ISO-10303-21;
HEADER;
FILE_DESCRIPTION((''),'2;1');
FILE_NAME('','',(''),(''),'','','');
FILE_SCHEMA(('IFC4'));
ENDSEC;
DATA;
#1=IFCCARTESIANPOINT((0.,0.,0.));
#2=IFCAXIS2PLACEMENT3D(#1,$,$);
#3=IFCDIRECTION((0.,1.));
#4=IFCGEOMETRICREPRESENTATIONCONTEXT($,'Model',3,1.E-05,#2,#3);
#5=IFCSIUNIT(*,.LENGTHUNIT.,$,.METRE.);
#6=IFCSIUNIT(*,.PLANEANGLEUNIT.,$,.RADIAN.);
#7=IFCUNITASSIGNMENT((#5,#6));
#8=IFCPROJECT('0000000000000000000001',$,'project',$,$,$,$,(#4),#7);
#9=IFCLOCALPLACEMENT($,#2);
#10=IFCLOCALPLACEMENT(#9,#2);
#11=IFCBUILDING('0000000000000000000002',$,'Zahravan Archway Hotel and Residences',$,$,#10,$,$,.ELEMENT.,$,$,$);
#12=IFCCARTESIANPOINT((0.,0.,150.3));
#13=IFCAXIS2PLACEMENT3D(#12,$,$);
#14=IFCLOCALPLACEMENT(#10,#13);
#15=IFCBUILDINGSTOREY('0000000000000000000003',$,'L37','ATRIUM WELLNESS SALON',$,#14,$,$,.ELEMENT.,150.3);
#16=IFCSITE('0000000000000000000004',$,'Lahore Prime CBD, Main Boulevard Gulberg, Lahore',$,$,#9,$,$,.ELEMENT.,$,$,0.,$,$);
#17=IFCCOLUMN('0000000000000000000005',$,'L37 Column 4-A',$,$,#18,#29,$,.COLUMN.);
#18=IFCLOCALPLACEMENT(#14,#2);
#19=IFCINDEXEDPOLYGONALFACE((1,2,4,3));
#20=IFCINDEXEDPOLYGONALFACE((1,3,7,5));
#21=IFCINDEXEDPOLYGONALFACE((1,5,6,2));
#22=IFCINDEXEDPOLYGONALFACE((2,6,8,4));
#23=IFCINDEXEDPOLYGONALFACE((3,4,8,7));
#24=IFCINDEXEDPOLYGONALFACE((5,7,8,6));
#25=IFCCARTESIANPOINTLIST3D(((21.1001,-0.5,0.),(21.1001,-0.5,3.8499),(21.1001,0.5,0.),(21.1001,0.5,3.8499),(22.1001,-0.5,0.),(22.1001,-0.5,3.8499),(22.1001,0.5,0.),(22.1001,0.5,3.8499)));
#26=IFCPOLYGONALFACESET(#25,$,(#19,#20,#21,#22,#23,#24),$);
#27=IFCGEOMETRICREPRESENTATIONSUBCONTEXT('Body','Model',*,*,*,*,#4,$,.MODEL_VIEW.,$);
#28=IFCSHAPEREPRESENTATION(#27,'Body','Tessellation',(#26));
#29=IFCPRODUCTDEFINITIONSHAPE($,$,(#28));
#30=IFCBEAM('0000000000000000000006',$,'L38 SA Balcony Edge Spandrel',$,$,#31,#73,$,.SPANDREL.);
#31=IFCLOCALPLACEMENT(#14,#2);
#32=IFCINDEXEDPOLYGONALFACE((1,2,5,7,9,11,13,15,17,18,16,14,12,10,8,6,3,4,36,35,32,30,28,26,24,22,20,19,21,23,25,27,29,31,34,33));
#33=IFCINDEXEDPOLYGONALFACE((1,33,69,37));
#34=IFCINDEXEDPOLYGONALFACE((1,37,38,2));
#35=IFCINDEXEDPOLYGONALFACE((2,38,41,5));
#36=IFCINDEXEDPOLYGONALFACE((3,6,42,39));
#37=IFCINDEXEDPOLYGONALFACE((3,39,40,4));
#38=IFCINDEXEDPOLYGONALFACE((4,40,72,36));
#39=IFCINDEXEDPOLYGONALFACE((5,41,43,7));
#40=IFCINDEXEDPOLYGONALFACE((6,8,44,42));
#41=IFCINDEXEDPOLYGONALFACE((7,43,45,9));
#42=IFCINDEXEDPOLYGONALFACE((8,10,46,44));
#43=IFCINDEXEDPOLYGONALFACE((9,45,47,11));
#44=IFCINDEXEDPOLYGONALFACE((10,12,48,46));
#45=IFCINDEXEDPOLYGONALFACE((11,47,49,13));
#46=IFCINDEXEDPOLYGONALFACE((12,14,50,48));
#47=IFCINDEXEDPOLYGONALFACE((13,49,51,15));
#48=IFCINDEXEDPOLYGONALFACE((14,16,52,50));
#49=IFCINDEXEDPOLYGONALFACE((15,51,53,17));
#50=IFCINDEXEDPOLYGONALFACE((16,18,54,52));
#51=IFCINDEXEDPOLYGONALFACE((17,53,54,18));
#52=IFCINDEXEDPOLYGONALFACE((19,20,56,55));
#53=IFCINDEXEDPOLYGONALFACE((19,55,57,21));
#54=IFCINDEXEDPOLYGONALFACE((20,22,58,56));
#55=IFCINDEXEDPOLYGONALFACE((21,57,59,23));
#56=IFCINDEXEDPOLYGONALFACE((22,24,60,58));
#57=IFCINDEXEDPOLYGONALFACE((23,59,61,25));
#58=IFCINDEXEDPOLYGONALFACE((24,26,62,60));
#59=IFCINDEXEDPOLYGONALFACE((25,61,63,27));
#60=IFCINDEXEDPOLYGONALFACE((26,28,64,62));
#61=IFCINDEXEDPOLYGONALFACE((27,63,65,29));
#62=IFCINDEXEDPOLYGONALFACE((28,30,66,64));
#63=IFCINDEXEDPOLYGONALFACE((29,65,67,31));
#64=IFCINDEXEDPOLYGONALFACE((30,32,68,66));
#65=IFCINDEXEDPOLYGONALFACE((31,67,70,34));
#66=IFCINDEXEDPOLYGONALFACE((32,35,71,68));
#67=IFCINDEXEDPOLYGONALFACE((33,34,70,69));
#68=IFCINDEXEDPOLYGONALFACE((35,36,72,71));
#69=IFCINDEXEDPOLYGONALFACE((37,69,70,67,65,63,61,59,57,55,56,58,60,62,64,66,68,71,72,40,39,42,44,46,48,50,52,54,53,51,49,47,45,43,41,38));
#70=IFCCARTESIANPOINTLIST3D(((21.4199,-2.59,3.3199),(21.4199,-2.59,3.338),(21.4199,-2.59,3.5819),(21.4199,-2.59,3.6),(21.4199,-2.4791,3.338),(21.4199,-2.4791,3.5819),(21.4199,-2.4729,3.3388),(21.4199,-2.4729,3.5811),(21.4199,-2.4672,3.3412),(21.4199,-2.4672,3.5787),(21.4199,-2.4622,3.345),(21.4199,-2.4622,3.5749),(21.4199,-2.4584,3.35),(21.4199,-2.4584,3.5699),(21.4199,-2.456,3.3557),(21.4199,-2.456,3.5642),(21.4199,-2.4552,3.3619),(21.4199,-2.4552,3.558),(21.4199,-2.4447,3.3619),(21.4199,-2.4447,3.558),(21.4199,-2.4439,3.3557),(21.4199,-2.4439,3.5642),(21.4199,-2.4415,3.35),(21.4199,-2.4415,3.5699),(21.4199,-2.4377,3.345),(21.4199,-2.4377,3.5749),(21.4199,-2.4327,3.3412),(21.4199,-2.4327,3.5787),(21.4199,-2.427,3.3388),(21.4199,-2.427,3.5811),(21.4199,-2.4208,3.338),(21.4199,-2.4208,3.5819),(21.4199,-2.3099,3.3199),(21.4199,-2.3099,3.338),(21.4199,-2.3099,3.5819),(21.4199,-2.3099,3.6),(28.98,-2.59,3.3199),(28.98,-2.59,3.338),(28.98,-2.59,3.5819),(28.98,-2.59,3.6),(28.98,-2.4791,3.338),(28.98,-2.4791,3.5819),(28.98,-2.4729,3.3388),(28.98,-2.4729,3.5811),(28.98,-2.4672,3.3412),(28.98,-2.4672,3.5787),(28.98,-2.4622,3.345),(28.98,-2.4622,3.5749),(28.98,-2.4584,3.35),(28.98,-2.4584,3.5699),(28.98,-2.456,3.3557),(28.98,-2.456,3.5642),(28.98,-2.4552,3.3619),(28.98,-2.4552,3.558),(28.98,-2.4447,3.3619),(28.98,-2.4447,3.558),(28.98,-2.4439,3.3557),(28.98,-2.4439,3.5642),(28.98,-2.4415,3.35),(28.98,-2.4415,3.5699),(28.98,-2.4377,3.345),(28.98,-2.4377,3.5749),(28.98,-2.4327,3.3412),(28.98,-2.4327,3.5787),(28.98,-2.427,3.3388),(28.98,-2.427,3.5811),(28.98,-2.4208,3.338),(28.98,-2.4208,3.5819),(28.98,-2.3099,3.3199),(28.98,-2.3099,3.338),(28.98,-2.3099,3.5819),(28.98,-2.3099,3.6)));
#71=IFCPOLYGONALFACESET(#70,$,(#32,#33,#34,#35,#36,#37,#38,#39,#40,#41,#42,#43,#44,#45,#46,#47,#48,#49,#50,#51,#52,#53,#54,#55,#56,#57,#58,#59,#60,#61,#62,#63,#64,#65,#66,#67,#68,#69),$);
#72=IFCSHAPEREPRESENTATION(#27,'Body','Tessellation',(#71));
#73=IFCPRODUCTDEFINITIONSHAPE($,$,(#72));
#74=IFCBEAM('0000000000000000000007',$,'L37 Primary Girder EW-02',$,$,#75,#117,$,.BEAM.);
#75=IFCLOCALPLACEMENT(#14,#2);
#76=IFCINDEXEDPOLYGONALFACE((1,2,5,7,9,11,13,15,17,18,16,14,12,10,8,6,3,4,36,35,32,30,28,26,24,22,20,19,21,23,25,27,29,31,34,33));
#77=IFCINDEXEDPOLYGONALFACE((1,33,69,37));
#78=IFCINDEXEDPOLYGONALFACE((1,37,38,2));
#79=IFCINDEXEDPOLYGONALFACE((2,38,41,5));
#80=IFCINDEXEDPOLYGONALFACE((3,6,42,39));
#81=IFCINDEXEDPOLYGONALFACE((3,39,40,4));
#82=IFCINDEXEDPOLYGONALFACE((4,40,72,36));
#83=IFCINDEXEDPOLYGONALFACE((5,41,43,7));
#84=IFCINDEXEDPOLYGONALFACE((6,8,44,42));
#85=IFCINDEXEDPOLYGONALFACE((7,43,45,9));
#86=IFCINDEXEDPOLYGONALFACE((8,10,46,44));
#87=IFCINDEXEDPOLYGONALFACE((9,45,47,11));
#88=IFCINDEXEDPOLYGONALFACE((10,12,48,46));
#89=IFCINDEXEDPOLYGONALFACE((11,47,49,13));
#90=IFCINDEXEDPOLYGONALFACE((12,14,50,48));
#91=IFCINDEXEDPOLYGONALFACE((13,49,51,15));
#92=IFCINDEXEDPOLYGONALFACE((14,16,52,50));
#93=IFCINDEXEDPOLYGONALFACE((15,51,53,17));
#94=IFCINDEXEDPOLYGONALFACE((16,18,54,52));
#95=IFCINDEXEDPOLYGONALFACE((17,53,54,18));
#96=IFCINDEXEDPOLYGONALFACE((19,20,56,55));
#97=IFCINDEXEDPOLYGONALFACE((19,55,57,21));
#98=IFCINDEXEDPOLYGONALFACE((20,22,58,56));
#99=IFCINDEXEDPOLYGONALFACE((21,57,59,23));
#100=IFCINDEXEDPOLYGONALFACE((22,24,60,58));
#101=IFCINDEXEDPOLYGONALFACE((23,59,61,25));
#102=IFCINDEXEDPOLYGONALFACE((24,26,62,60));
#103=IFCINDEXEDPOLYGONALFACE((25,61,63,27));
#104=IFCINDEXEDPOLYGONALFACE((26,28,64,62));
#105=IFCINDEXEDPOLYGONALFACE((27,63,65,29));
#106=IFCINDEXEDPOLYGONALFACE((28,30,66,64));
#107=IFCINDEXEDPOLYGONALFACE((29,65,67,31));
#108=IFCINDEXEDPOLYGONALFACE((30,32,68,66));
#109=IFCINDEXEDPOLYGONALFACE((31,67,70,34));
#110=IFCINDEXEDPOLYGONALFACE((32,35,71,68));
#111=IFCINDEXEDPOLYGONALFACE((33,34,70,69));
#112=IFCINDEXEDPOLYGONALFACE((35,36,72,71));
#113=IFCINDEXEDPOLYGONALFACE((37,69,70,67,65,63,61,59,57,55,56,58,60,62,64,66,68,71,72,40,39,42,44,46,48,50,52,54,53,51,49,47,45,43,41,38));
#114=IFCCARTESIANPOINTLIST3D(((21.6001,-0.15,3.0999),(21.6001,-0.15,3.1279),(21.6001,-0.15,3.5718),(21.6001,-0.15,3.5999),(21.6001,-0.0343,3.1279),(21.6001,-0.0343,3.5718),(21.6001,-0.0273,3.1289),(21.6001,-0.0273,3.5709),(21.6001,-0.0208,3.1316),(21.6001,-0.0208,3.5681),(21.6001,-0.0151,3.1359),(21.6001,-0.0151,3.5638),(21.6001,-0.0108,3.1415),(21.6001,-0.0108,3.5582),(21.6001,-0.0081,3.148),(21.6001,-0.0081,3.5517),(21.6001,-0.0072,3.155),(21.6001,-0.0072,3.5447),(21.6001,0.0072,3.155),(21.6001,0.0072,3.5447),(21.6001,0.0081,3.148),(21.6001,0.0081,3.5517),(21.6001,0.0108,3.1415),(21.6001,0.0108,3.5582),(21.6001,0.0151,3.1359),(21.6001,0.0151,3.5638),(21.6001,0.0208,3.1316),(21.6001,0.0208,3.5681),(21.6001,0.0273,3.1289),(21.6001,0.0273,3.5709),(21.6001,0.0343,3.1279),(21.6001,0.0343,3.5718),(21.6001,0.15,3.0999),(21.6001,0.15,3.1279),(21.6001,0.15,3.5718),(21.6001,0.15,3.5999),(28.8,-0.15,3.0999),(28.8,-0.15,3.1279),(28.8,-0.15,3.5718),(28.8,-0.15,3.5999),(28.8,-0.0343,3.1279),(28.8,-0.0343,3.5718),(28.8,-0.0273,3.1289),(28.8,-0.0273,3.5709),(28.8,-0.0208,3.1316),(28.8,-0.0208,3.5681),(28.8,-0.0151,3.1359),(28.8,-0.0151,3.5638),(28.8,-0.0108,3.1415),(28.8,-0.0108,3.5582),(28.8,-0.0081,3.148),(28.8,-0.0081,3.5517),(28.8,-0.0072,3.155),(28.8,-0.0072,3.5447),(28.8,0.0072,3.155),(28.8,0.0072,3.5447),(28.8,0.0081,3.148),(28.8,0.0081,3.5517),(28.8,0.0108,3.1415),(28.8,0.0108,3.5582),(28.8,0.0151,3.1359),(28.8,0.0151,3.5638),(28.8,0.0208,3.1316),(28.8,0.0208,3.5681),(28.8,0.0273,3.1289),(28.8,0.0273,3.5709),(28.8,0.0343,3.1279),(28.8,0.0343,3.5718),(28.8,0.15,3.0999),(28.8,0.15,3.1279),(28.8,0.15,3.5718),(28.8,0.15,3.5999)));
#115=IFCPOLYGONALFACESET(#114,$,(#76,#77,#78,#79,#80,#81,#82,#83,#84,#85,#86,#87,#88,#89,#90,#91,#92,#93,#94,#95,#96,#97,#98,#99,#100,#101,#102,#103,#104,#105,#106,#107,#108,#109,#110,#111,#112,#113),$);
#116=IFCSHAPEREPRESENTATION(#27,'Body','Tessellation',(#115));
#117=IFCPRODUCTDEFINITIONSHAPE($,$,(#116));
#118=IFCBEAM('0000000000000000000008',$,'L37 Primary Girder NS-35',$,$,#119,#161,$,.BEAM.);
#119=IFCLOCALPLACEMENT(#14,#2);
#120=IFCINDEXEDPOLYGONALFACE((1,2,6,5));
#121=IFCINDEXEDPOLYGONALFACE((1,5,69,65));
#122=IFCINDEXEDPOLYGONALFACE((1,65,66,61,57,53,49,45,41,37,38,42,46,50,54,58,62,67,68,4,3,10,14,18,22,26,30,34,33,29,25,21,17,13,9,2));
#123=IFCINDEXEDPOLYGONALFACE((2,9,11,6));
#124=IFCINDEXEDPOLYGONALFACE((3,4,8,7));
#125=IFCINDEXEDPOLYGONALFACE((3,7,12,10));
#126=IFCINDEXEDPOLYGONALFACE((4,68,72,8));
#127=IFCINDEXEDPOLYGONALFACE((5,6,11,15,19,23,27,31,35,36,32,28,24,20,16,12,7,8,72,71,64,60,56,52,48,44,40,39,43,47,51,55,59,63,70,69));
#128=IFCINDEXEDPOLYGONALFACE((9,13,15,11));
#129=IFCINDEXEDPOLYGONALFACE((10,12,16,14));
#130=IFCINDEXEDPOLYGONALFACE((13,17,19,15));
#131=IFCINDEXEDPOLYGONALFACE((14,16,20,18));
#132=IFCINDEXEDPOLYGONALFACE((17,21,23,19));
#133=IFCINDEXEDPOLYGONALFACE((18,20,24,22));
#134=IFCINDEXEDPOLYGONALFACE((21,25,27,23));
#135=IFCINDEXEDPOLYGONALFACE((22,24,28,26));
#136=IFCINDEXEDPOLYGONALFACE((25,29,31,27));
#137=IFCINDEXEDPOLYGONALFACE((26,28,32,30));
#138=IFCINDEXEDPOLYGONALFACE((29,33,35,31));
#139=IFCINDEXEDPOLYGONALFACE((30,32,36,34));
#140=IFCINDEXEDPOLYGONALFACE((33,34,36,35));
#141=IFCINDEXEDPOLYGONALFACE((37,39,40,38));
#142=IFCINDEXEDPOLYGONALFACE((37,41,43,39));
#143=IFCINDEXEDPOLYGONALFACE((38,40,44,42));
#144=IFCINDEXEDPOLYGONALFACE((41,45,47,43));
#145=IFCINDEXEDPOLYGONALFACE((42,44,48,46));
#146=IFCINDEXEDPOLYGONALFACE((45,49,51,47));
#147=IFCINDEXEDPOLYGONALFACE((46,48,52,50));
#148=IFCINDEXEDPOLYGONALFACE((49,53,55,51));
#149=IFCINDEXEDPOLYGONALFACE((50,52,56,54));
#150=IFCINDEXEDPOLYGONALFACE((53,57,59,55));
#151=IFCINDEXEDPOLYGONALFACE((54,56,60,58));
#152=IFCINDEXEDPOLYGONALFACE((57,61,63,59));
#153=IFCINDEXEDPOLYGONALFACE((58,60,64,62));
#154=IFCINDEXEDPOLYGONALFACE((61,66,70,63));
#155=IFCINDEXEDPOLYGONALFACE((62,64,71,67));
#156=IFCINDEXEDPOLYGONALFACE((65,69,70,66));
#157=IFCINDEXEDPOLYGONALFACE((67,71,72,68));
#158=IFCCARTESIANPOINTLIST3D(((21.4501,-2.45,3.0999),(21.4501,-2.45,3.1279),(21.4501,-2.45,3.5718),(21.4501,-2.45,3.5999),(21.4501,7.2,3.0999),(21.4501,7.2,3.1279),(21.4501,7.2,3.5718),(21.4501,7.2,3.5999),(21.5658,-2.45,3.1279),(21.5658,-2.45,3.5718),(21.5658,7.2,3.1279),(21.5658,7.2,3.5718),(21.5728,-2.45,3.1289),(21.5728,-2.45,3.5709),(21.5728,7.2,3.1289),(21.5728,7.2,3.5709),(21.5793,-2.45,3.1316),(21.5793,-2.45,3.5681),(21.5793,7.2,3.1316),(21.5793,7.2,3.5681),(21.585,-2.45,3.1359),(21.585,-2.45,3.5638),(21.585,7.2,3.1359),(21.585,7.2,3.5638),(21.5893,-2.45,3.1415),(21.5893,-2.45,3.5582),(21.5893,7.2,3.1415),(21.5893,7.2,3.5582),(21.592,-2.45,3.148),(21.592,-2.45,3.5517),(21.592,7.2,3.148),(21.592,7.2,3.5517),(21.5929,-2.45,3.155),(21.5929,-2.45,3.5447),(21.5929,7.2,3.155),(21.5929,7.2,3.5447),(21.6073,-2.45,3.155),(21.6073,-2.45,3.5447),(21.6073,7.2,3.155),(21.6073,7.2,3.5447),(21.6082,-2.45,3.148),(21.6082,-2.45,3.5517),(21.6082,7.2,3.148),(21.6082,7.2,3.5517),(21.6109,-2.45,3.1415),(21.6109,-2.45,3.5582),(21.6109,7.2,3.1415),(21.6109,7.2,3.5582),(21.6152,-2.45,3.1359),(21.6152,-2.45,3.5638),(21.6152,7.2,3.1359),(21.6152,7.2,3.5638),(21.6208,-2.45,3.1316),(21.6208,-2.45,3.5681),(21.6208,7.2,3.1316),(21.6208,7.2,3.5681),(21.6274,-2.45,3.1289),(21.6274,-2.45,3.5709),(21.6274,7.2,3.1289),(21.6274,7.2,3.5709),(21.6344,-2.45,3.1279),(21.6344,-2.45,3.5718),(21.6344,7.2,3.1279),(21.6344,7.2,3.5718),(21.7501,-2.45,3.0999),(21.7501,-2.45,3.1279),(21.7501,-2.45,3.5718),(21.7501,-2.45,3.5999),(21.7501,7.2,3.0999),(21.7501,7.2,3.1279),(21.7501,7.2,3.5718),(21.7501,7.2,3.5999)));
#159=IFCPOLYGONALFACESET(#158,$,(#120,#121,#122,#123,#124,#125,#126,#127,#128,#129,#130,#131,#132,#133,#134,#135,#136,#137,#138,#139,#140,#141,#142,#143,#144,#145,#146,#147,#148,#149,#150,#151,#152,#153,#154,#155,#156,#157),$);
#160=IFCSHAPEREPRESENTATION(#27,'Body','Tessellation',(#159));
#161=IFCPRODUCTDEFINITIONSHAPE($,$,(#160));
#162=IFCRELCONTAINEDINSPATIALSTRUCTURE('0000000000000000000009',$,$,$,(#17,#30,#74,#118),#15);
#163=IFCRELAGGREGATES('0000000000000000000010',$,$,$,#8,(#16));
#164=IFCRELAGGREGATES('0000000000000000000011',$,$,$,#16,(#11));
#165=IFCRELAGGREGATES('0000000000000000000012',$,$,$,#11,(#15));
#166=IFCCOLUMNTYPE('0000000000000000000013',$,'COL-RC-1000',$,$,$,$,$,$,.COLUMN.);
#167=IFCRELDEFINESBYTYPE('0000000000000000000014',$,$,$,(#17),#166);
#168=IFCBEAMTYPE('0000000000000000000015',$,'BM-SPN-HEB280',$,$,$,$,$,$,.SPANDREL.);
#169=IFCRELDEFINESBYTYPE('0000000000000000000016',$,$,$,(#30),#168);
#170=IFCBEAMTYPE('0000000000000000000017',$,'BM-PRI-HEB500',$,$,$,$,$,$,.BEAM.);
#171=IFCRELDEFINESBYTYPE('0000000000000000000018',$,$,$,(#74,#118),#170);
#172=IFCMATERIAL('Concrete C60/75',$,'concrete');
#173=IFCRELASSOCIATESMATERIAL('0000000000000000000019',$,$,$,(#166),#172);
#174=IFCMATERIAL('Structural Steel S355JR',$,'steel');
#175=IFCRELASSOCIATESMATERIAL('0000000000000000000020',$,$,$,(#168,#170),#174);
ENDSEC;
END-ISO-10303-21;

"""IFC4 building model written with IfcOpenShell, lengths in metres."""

from ifc_helpers import new_model, si_unit, direction, frame, origin, origin_2d, place, context, subcontext, project, spatial, rectangle, i_section, extrude, source, transform, mapped, material, material_profile, profile_set, type_object, type_shapes, element, save


model = new_model("IFC4")

# Units and contexts
model_context = context("Model", 3, precision=1e-05, world=origin(), true_north=direction((0.0, 1.0)))
body_context = subcontext(model_context, "Body", "Model", "MODEL_VIEW")
ifc_project = project(units=[si_unit("LENGTHUNIT", "METRE"), si_unit("PLANEANGLEUNIT", "RADIAN")], contexts=[model_context])

# Site, building, storey
site_placement = place(None, origin())
site = spatial("IfcSite", under=ifc_project, at=site_placement, Name="Lahore Prime CBD, Main Boulevard Gulberg, Lahore", CompositionType="ELEMENT", RefElevation=0.0)
building_placement = place(site_placement, origin())
building = spatial("IfcBuilding", under=site, at=building_placement, Name="Zahravan Archway Hotel and Residences", CompositionType="ELEMENT")
storey_placement = place(building_placement, frame((0.0, 0.0, 150.3)))
storey = spatial("IfcBuildingStorey", under=building, at=storey_placement, Name="L37", Description="ATRIUM WELLNESS SALON", CompositionType="ELEMENT", Elevation=150.3)

# Column
ifc_material_1 = material(Name="Concrete C60/75", Category="concrete")
ifc_material_profile_1 = material_profile(ifc_material_1, rectangle(XDim=1.0, YDim=1.0, at=origin_2d()), Name="RC-COL-1000x1000", Category="concrete")
ifc_profile_set_1 = profile_set([ifc_material_profile_1], Name="Concrete C60/75")
column_type = type_object("IfcColumnType", Name="COL-RC-1000", PredefinedType="COLUMN", material=ifc_profile_set_1)
shared_shape_1 = source(origin(), body_context, "Body", "SweptSolid", [
    extrude(rectangle(XDim=1.0, YDim=1.0, at=origin_2d()), origin(), (0.0, 0.0, 1.0), 3.8499),
])
column_placement = place(storey_placement, frame((21.6001, 0.0, 0.0), z_axis=(0.0, 0.0, 1.0), x_axis=(1.0, 0.0, 0.0)))
element("IfcColumn", 1, at=column_placement, inside=storey, type_object=column_type, Name="L37 Column 4-A", PredefinedType="COLUMN", context=body_context, shape_type="MappedRepresentation", body=[
    mapped(shared_shape_1, transform((0.0, 0.0, 0.0), scale=1.0)),
])

# Beams
ifc_material_2 = material(Name="Structural Steel S355JR", Category="steel")
ifc_material_profile_2 = material_profile(ifc_material_2, i_section(OverallWidth=0.28, OverallDepth=0.28, WebThickness=0.0105, FlangeThickness=0.0181, FilletRadius=0.0239, at=origin_2d()), Name="HEB 280", Category="steel")
ifc_profile_set_2 = profile_set([ifc_material_profile_2], Name="Structural Steel S355JR")
beam_type_1 = type_object("IfcBeamType", Name="BM-SPN-HEB280", PredefinedType="SPANDREL", material=ifc_profile_set_2)
shared_shape_2 = source(origin(), body_context, "Body", "SweptSolid", [
    extrude(i_section(OverallWidth=0.28, OverallDepth=0.28, WebThickness=0.0105, FlangeThickness=0.0181, FilletRadius=0.0239, at=origin_2d()), origin(), (0.0, 0.0, 1.0), 7.5601),
])
type_shapes(beam_type_1, [shared_shape_2])
beam_1_placement = place(storey_placement, frame((21.4199, -2.45, 3.46), z_axis=(1.0, 0.0, 0.0), x_axis=(0.0, 1.0, 0.0)))
element("IfcBeam", 2, at=beam_1_placement, inside=storey, type_object=beam_type_1, Name="L38 SA Balcony Edge Spandrel", PredefinedType="SPANDREL", context=body_context, shape_type="MappedRepresentation", body=[
    mapped(shared_shape_2, transform((0.0, 0.0, 0.0), scale=1.0)),
])
ifc_material_profile_3 = material_profile(ifc_material_2, i_section(OverallWidth=0.3, OverallDepth=0.5, WebThickness=0.0144, FlangeThickness=0.0281, FilletRadius=0.0271, at=origin_2d()), Name="HEB 500", Category="steel")
ifc_profile_set_3 = profile_set([ifc_material_profile_3], Name="Structural Steel S355JR")
beam_type_2 = type_object("IfcBeamType", Name="BM-PRI-HEB500", PredefinedType="BEAM", material=ifc_profile_set_3)
shared_shape_3 = source(origin(), body_context, "Body", "SweptSolid", [
    extrude(i_section(OverallWidth=0.3, OverallDepth=0.5, WebThickness=0.0144, FlangeThickness=0.0281, FilletRadius=0.0271, at=origin_2d()), origin(), (0.0, 0.0, 1.0), 7.2),
])
beam_2_placement = place(storey_placement, frame((21.6001, 0.0, 3.3499), z_axis=(1.0, 0.0, 0.0), x_axis=(0.0, 1.0, 0.0)))
element("IfcBeam", 3, at=beam_2_placement, inside=storey, type_object=beam_type_2, Name="L37 Primary Girder EW-02", PredefinedType="BEAM", context=body_context, shape_type="MappedRepresentation", body=[
    mapped(shared_shape_3, transform((0.0, 0.0, 0.0), scale=1.0)),
])
shared_shape_4 = source(origin(), body_context, "Body", "SweptSolid", [
    extrude(i_section(OverallWidth=0.3, OverallDepth=0.5, WebThickness=0.0144, FlangeThickness=0.0281, FilletRadius=0.0271, at=origin_2d()), origin(), (0.0, 0.0, 1.0), 9.6499),
])
beam_3_placement = place(storey_placement, frame((21.6001, -2.45, 3.3499), z_axis=(0.0, 1.0, 0.0), x_axis=(-1.0, 0.0, 0.0)))
element("IfcBeam", 4, at=beam_3_placement, inside=storey, type_object=beam_type_2, Name="L37 Primary Girder NS-35", PredefinedType="BEAM", context=body_context, shape_type="MappedRepresentation", body=[
    mapped(shared_shape_4, transform((0.0, 0.0, 0.0), scale=1.0)),
])

save(model, "model.ifc")
